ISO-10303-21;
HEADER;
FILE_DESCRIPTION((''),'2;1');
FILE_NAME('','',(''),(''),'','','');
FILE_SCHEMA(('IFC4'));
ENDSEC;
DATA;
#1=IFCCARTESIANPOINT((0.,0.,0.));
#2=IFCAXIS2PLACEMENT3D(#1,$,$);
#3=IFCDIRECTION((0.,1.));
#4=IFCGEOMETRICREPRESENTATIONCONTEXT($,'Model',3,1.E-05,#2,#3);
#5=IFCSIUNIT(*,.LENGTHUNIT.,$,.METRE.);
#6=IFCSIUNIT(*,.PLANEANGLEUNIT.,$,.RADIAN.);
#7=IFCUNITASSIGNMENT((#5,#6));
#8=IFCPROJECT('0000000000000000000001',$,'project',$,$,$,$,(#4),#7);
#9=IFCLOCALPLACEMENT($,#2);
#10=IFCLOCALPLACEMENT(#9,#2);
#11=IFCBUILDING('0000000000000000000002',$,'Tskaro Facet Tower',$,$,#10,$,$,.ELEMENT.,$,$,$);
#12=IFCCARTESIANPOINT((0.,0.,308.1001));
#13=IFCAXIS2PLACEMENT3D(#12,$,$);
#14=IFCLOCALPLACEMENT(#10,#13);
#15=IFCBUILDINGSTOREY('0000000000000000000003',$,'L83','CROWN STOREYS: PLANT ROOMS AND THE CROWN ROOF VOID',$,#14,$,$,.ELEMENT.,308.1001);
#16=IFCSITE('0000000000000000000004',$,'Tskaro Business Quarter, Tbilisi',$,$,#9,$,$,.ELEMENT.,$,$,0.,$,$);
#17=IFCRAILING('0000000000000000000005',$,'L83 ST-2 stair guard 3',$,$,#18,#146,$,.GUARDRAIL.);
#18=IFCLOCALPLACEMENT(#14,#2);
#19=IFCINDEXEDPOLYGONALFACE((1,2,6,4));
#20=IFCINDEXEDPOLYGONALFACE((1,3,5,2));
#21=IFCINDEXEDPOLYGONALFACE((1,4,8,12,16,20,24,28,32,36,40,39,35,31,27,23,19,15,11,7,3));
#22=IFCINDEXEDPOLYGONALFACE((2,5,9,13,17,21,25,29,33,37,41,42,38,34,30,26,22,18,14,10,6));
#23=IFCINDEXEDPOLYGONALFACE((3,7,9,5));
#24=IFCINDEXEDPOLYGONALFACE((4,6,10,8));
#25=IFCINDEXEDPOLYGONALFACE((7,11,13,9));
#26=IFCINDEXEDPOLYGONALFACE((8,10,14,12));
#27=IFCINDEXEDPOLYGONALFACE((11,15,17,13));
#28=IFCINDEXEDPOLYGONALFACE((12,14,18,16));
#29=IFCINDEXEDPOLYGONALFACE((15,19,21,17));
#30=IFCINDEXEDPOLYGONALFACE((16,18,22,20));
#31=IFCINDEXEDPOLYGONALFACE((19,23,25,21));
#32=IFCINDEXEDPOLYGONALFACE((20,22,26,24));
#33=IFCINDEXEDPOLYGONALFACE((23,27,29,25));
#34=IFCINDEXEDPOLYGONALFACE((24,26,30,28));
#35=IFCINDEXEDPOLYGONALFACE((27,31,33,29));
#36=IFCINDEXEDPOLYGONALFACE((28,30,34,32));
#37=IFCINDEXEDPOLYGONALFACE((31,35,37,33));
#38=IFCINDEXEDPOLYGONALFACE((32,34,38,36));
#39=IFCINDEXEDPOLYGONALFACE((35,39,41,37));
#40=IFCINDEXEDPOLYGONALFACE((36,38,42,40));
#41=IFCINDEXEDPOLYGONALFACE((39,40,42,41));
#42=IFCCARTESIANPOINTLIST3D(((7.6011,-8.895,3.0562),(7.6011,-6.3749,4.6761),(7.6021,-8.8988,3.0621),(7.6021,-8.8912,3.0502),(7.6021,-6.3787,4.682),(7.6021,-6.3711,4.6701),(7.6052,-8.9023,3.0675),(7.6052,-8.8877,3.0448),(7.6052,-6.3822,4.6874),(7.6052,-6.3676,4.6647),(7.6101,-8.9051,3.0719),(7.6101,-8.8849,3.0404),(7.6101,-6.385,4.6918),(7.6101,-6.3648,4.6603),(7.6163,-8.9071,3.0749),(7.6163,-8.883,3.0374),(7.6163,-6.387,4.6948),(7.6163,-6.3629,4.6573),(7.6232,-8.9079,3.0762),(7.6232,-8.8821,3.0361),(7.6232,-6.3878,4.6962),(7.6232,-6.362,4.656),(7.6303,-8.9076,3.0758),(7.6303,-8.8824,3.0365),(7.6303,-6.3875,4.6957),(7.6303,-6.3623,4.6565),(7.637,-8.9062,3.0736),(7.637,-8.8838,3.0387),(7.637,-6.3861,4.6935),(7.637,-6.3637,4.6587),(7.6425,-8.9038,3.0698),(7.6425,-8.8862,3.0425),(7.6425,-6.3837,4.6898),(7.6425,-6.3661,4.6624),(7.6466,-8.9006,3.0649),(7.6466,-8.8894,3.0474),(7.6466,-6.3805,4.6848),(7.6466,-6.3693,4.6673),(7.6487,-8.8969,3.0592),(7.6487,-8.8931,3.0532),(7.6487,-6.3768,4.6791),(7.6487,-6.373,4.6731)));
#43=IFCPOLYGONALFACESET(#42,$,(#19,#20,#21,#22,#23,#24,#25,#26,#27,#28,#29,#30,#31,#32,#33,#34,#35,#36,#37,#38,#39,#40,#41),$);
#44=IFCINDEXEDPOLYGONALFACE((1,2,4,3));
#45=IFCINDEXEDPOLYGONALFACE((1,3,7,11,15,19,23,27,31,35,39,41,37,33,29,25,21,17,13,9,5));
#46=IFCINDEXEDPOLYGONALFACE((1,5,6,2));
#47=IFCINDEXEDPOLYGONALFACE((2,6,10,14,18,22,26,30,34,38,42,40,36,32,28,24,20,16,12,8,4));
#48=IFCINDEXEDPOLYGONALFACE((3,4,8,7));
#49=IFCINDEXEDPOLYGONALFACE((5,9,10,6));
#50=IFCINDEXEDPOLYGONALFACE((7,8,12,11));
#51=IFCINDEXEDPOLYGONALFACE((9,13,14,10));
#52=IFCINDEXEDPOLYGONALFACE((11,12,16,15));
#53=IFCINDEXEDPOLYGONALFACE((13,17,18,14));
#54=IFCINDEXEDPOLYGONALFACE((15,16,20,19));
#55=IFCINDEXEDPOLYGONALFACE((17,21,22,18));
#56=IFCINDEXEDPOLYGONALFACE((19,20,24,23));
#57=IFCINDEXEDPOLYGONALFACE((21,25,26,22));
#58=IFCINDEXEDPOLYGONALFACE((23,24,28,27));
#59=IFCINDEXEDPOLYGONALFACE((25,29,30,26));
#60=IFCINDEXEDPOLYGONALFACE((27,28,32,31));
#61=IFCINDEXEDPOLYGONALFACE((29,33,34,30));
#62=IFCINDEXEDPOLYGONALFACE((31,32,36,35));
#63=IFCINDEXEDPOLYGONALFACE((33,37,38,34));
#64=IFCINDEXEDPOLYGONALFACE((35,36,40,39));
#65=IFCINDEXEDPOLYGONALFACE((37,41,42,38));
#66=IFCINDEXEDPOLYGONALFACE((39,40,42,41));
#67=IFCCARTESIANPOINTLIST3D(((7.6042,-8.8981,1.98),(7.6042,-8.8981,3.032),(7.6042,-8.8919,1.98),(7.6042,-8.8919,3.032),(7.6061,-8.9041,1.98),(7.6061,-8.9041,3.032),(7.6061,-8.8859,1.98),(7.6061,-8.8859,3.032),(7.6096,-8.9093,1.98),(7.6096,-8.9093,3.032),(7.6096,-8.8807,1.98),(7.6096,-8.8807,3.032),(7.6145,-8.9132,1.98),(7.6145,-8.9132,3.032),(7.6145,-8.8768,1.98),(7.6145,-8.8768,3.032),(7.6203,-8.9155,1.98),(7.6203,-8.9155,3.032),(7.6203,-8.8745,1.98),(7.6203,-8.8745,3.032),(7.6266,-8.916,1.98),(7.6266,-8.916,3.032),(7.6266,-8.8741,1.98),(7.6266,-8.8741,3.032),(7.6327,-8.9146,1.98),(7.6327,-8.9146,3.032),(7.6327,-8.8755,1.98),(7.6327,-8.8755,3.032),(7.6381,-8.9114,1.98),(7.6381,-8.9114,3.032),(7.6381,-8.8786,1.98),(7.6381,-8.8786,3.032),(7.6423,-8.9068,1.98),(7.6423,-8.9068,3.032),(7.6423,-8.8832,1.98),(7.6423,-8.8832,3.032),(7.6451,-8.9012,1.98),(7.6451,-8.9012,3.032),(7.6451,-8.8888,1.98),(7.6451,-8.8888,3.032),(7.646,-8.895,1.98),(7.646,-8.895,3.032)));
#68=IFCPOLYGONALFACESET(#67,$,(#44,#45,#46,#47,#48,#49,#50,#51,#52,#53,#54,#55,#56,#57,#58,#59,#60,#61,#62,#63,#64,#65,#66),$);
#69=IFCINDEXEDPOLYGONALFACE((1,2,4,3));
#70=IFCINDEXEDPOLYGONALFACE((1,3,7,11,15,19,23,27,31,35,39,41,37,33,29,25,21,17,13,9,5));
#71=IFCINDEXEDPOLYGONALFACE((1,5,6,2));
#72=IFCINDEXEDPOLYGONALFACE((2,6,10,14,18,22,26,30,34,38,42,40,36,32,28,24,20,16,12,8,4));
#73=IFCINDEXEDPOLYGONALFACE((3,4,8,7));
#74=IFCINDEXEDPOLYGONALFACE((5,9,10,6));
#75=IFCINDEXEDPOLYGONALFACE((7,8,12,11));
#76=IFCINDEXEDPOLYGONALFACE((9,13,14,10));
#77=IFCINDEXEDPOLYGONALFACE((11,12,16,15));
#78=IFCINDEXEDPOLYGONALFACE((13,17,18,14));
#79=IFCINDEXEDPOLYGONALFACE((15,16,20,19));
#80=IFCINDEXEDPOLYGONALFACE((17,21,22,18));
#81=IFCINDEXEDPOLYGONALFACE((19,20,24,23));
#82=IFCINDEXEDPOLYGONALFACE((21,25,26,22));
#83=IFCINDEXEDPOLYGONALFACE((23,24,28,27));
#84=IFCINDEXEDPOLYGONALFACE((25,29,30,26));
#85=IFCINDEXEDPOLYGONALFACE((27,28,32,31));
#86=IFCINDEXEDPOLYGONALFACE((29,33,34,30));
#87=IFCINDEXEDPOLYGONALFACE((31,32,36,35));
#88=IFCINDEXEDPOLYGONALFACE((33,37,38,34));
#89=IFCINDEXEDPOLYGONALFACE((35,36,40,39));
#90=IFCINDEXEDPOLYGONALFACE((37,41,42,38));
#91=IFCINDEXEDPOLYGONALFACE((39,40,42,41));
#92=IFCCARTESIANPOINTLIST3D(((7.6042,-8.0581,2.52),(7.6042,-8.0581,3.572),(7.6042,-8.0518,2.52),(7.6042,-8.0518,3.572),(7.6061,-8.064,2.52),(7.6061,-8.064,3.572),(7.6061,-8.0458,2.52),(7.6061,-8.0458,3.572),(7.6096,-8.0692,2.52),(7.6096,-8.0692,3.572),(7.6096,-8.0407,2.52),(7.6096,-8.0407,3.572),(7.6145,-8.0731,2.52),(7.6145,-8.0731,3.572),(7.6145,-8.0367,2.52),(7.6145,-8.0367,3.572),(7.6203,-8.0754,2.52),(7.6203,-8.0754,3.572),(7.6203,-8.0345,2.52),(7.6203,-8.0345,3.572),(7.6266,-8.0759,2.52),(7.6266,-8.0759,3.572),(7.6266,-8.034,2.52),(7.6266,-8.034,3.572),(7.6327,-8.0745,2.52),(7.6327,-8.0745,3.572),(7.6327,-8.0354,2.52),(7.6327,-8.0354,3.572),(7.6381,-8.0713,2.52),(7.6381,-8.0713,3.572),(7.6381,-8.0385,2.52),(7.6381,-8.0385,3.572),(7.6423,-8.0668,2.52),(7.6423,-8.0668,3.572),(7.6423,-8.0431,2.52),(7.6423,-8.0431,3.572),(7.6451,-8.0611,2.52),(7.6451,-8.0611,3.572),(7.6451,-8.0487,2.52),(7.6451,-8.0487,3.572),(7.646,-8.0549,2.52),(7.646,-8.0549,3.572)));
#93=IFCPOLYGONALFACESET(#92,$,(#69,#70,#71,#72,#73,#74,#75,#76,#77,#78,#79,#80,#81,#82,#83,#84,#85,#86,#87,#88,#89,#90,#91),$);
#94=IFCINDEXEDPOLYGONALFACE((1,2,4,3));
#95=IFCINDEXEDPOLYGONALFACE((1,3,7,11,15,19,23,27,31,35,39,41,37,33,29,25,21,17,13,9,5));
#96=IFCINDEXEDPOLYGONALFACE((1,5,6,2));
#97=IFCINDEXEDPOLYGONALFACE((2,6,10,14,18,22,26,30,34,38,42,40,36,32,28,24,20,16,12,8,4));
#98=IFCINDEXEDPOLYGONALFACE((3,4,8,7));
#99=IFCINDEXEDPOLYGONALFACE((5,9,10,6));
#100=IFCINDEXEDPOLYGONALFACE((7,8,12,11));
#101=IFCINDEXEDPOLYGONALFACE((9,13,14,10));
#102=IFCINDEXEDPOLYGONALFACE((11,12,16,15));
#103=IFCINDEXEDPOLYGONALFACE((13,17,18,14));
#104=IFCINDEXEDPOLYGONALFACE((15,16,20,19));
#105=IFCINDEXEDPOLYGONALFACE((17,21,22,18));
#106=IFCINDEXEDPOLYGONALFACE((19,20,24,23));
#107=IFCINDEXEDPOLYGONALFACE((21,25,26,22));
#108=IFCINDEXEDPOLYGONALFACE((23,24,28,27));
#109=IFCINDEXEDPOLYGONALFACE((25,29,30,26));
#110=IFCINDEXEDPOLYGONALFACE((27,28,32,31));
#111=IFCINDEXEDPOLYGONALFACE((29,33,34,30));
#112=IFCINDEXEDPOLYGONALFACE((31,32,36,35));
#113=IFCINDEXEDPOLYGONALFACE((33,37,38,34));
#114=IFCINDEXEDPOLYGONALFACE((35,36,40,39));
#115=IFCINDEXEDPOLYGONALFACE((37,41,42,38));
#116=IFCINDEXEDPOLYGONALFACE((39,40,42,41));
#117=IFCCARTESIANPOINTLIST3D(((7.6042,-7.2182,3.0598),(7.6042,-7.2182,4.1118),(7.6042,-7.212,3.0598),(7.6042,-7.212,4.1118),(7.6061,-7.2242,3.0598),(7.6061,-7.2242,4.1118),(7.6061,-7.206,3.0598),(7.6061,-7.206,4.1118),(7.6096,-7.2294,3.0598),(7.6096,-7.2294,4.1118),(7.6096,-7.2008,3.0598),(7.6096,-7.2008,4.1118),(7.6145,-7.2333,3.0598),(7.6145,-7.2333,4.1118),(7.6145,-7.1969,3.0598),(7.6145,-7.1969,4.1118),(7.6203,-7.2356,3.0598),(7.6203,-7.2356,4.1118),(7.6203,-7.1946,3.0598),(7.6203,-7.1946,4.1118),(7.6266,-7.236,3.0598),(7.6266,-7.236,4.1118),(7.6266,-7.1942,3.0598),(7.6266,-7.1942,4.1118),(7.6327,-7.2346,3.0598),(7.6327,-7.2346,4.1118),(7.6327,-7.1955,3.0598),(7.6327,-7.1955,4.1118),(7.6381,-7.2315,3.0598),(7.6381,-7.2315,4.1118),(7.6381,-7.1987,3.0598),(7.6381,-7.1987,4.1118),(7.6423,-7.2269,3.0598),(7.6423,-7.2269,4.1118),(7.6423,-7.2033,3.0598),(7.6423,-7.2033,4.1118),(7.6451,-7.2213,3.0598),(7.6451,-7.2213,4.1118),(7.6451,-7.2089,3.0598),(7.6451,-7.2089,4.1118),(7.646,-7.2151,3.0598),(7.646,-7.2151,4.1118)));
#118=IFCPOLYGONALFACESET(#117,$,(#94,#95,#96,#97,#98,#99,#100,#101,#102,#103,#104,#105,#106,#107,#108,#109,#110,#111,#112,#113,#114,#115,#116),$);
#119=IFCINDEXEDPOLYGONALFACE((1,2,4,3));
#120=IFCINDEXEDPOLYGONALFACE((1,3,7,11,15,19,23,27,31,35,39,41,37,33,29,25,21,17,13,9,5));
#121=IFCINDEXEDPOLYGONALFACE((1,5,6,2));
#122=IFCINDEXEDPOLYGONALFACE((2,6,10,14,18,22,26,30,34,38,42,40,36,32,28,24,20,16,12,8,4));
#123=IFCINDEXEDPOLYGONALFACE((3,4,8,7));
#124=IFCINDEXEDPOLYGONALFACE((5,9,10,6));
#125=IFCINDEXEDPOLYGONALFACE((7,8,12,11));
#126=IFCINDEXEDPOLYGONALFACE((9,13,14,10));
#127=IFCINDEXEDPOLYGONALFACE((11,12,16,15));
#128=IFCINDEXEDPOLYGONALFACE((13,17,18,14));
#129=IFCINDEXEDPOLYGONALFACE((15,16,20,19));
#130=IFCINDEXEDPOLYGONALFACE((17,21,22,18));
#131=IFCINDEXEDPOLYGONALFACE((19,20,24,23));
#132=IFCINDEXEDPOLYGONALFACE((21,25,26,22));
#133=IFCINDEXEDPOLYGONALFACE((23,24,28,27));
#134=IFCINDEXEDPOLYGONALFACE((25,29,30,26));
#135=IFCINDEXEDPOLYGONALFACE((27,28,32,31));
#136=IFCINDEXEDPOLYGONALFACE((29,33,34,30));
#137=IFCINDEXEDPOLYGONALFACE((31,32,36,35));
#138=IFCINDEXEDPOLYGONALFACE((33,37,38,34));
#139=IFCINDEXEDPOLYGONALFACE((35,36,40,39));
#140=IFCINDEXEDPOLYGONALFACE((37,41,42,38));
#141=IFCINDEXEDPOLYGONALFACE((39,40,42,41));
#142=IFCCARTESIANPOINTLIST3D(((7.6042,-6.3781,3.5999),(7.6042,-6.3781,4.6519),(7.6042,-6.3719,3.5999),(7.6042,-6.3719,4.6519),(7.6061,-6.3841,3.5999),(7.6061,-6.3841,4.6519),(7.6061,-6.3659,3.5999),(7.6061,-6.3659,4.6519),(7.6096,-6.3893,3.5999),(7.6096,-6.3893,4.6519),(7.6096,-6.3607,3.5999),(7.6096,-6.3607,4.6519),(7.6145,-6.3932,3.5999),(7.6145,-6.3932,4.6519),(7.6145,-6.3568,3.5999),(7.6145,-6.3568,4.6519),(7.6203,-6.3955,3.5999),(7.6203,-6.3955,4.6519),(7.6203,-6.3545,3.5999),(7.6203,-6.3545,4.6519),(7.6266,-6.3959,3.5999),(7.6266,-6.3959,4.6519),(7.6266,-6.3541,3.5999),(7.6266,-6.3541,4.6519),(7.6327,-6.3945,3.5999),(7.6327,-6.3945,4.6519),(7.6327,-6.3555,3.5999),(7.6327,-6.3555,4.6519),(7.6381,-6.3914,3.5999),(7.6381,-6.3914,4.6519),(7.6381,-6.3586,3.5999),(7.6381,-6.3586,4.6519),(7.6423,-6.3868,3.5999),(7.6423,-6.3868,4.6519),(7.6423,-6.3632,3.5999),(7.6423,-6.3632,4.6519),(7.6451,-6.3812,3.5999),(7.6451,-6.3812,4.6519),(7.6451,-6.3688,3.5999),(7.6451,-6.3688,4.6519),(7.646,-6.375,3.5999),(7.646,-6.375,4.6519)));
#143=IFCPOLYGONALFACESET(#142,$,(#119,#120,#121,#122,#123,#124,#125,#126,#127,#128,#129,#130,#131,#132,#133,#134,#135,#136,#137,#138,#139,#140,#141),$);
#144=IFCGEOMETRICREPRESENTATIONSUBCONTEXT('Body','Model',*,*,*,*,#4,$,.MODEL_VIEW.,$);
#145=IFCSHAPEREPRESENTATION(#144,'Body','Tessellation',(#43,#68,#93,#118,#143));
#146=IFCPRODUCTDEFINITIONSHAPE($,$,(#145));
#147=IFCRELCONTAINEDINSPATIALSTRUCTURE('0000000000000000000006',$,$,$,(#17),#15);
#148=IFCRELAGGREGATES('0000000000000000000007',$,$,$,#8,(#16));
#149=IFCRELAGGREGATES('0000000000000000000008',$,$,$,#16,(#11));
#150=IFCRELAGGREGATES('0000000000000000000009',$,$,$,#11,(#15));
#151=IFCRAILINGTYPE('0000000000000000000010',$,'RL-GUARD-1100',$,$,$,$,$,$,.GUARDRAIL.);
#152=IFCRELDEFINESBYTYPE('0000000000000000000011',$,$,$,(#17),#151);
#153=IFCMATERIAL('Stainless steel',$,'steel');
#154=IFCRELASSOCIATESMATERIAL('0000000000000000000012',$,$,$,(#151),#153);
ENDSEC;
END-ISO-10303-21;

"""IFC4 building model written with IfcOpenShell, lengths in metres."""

from ifc_helpers import new_model, si_unit, direction, frame, origin, origin_2d, place, context, subcontext, project, spatial, circle, extrude, material, type_object, element, save


model = new_model("IFC4")

# Units and contexts
model_context = context("Model", 3, precision=1e-05, world=origin(), true_north=direction((0.0, 1.0)))
body_context = subcontext(model_context, "Body", "Model", "MODEL_VIEW")
ifc_project = project(units=[si_unit("LENGTHUNIT", "METRE"), si_unit("PLANEANGLEUNIT", "RADIAN")], contexts=[model_context])

# Site, building, storey
site_placement = place(None, origin())
site = spatial("IfcSite", under=ifc_project, at=site_placement, Name="Tskaro Business Quarter, Tbilisi", CompositionType="ELEMENT", RefElevation=0.0)
building_placement = place(site_placement, origin())
building = spatial("IfcBuilding", under=site, at=building_placement, Name="Tskaro Facet Tower", CompositionType="ELEMENT")
storey_placement = place(building_placement, frame((0.0, 0.0, 308.1001)))
storey = spatial("IfcBuildingStorey", under=building, at=storey_placement, Name="L83", Description="CROWN STOREYS: PLANT ROOMS AND THE CROWN ROOF VOID", CompositionType="ELEMENT", Elevation=308.1001)

# Railing
ifc_material_1 = material(Name="Stainless steel", Category="steel")
railing_type_1 = type_object("IfcRailingType", Name="RL-GUARD-1100", PredefinedType="GUARDRAIL", material=ifc_material_1)
railing_1_placement = place(storey_placement, frame((7.625, -8.895, 1.98)))
element("IfcRailing", 1, at=railing_1_placement, inside=storey, type_object=railing_type_1, Name="L83 ST-2 stair guard 3", PredefinedType="GUARDRAIL", context=body_context, shape_type="SweptSolid", body=[
    extrude(circle(Radius=0.0239, at=origin_2d()), frame((0.0, 0.0, 1.0762), z_axis=(0.0, 0.8412, 0.540725), x_axis=(-1.0, 0.0, 0.0)), (0.0, 0.0, 1.0), 2.9958),
    extrude(circle(Radius=0.021, at=origin_2d()), origin(), (0.0, 0.0, 1.0), 1.052),
    extrude(circle(Radius=0.021, at=origin_2d()), frame((0.0, 0.8401, 0.54)), (0.0, 0.0, 1.0), 1.052),
    extrude(circle(Radius=0.021, at=origin_2d()), frame((0.0, 1.6799, 1.0798)), (0.0, 0.0, 1.0), 1.052),
    extrude(circle(Radius=0.021, at=origin_2d()), frame((0.0, 2.52, 1.6199)), (0.0, 0.0, 1.0), 1.052),
])

save(model, "model.ifc")
